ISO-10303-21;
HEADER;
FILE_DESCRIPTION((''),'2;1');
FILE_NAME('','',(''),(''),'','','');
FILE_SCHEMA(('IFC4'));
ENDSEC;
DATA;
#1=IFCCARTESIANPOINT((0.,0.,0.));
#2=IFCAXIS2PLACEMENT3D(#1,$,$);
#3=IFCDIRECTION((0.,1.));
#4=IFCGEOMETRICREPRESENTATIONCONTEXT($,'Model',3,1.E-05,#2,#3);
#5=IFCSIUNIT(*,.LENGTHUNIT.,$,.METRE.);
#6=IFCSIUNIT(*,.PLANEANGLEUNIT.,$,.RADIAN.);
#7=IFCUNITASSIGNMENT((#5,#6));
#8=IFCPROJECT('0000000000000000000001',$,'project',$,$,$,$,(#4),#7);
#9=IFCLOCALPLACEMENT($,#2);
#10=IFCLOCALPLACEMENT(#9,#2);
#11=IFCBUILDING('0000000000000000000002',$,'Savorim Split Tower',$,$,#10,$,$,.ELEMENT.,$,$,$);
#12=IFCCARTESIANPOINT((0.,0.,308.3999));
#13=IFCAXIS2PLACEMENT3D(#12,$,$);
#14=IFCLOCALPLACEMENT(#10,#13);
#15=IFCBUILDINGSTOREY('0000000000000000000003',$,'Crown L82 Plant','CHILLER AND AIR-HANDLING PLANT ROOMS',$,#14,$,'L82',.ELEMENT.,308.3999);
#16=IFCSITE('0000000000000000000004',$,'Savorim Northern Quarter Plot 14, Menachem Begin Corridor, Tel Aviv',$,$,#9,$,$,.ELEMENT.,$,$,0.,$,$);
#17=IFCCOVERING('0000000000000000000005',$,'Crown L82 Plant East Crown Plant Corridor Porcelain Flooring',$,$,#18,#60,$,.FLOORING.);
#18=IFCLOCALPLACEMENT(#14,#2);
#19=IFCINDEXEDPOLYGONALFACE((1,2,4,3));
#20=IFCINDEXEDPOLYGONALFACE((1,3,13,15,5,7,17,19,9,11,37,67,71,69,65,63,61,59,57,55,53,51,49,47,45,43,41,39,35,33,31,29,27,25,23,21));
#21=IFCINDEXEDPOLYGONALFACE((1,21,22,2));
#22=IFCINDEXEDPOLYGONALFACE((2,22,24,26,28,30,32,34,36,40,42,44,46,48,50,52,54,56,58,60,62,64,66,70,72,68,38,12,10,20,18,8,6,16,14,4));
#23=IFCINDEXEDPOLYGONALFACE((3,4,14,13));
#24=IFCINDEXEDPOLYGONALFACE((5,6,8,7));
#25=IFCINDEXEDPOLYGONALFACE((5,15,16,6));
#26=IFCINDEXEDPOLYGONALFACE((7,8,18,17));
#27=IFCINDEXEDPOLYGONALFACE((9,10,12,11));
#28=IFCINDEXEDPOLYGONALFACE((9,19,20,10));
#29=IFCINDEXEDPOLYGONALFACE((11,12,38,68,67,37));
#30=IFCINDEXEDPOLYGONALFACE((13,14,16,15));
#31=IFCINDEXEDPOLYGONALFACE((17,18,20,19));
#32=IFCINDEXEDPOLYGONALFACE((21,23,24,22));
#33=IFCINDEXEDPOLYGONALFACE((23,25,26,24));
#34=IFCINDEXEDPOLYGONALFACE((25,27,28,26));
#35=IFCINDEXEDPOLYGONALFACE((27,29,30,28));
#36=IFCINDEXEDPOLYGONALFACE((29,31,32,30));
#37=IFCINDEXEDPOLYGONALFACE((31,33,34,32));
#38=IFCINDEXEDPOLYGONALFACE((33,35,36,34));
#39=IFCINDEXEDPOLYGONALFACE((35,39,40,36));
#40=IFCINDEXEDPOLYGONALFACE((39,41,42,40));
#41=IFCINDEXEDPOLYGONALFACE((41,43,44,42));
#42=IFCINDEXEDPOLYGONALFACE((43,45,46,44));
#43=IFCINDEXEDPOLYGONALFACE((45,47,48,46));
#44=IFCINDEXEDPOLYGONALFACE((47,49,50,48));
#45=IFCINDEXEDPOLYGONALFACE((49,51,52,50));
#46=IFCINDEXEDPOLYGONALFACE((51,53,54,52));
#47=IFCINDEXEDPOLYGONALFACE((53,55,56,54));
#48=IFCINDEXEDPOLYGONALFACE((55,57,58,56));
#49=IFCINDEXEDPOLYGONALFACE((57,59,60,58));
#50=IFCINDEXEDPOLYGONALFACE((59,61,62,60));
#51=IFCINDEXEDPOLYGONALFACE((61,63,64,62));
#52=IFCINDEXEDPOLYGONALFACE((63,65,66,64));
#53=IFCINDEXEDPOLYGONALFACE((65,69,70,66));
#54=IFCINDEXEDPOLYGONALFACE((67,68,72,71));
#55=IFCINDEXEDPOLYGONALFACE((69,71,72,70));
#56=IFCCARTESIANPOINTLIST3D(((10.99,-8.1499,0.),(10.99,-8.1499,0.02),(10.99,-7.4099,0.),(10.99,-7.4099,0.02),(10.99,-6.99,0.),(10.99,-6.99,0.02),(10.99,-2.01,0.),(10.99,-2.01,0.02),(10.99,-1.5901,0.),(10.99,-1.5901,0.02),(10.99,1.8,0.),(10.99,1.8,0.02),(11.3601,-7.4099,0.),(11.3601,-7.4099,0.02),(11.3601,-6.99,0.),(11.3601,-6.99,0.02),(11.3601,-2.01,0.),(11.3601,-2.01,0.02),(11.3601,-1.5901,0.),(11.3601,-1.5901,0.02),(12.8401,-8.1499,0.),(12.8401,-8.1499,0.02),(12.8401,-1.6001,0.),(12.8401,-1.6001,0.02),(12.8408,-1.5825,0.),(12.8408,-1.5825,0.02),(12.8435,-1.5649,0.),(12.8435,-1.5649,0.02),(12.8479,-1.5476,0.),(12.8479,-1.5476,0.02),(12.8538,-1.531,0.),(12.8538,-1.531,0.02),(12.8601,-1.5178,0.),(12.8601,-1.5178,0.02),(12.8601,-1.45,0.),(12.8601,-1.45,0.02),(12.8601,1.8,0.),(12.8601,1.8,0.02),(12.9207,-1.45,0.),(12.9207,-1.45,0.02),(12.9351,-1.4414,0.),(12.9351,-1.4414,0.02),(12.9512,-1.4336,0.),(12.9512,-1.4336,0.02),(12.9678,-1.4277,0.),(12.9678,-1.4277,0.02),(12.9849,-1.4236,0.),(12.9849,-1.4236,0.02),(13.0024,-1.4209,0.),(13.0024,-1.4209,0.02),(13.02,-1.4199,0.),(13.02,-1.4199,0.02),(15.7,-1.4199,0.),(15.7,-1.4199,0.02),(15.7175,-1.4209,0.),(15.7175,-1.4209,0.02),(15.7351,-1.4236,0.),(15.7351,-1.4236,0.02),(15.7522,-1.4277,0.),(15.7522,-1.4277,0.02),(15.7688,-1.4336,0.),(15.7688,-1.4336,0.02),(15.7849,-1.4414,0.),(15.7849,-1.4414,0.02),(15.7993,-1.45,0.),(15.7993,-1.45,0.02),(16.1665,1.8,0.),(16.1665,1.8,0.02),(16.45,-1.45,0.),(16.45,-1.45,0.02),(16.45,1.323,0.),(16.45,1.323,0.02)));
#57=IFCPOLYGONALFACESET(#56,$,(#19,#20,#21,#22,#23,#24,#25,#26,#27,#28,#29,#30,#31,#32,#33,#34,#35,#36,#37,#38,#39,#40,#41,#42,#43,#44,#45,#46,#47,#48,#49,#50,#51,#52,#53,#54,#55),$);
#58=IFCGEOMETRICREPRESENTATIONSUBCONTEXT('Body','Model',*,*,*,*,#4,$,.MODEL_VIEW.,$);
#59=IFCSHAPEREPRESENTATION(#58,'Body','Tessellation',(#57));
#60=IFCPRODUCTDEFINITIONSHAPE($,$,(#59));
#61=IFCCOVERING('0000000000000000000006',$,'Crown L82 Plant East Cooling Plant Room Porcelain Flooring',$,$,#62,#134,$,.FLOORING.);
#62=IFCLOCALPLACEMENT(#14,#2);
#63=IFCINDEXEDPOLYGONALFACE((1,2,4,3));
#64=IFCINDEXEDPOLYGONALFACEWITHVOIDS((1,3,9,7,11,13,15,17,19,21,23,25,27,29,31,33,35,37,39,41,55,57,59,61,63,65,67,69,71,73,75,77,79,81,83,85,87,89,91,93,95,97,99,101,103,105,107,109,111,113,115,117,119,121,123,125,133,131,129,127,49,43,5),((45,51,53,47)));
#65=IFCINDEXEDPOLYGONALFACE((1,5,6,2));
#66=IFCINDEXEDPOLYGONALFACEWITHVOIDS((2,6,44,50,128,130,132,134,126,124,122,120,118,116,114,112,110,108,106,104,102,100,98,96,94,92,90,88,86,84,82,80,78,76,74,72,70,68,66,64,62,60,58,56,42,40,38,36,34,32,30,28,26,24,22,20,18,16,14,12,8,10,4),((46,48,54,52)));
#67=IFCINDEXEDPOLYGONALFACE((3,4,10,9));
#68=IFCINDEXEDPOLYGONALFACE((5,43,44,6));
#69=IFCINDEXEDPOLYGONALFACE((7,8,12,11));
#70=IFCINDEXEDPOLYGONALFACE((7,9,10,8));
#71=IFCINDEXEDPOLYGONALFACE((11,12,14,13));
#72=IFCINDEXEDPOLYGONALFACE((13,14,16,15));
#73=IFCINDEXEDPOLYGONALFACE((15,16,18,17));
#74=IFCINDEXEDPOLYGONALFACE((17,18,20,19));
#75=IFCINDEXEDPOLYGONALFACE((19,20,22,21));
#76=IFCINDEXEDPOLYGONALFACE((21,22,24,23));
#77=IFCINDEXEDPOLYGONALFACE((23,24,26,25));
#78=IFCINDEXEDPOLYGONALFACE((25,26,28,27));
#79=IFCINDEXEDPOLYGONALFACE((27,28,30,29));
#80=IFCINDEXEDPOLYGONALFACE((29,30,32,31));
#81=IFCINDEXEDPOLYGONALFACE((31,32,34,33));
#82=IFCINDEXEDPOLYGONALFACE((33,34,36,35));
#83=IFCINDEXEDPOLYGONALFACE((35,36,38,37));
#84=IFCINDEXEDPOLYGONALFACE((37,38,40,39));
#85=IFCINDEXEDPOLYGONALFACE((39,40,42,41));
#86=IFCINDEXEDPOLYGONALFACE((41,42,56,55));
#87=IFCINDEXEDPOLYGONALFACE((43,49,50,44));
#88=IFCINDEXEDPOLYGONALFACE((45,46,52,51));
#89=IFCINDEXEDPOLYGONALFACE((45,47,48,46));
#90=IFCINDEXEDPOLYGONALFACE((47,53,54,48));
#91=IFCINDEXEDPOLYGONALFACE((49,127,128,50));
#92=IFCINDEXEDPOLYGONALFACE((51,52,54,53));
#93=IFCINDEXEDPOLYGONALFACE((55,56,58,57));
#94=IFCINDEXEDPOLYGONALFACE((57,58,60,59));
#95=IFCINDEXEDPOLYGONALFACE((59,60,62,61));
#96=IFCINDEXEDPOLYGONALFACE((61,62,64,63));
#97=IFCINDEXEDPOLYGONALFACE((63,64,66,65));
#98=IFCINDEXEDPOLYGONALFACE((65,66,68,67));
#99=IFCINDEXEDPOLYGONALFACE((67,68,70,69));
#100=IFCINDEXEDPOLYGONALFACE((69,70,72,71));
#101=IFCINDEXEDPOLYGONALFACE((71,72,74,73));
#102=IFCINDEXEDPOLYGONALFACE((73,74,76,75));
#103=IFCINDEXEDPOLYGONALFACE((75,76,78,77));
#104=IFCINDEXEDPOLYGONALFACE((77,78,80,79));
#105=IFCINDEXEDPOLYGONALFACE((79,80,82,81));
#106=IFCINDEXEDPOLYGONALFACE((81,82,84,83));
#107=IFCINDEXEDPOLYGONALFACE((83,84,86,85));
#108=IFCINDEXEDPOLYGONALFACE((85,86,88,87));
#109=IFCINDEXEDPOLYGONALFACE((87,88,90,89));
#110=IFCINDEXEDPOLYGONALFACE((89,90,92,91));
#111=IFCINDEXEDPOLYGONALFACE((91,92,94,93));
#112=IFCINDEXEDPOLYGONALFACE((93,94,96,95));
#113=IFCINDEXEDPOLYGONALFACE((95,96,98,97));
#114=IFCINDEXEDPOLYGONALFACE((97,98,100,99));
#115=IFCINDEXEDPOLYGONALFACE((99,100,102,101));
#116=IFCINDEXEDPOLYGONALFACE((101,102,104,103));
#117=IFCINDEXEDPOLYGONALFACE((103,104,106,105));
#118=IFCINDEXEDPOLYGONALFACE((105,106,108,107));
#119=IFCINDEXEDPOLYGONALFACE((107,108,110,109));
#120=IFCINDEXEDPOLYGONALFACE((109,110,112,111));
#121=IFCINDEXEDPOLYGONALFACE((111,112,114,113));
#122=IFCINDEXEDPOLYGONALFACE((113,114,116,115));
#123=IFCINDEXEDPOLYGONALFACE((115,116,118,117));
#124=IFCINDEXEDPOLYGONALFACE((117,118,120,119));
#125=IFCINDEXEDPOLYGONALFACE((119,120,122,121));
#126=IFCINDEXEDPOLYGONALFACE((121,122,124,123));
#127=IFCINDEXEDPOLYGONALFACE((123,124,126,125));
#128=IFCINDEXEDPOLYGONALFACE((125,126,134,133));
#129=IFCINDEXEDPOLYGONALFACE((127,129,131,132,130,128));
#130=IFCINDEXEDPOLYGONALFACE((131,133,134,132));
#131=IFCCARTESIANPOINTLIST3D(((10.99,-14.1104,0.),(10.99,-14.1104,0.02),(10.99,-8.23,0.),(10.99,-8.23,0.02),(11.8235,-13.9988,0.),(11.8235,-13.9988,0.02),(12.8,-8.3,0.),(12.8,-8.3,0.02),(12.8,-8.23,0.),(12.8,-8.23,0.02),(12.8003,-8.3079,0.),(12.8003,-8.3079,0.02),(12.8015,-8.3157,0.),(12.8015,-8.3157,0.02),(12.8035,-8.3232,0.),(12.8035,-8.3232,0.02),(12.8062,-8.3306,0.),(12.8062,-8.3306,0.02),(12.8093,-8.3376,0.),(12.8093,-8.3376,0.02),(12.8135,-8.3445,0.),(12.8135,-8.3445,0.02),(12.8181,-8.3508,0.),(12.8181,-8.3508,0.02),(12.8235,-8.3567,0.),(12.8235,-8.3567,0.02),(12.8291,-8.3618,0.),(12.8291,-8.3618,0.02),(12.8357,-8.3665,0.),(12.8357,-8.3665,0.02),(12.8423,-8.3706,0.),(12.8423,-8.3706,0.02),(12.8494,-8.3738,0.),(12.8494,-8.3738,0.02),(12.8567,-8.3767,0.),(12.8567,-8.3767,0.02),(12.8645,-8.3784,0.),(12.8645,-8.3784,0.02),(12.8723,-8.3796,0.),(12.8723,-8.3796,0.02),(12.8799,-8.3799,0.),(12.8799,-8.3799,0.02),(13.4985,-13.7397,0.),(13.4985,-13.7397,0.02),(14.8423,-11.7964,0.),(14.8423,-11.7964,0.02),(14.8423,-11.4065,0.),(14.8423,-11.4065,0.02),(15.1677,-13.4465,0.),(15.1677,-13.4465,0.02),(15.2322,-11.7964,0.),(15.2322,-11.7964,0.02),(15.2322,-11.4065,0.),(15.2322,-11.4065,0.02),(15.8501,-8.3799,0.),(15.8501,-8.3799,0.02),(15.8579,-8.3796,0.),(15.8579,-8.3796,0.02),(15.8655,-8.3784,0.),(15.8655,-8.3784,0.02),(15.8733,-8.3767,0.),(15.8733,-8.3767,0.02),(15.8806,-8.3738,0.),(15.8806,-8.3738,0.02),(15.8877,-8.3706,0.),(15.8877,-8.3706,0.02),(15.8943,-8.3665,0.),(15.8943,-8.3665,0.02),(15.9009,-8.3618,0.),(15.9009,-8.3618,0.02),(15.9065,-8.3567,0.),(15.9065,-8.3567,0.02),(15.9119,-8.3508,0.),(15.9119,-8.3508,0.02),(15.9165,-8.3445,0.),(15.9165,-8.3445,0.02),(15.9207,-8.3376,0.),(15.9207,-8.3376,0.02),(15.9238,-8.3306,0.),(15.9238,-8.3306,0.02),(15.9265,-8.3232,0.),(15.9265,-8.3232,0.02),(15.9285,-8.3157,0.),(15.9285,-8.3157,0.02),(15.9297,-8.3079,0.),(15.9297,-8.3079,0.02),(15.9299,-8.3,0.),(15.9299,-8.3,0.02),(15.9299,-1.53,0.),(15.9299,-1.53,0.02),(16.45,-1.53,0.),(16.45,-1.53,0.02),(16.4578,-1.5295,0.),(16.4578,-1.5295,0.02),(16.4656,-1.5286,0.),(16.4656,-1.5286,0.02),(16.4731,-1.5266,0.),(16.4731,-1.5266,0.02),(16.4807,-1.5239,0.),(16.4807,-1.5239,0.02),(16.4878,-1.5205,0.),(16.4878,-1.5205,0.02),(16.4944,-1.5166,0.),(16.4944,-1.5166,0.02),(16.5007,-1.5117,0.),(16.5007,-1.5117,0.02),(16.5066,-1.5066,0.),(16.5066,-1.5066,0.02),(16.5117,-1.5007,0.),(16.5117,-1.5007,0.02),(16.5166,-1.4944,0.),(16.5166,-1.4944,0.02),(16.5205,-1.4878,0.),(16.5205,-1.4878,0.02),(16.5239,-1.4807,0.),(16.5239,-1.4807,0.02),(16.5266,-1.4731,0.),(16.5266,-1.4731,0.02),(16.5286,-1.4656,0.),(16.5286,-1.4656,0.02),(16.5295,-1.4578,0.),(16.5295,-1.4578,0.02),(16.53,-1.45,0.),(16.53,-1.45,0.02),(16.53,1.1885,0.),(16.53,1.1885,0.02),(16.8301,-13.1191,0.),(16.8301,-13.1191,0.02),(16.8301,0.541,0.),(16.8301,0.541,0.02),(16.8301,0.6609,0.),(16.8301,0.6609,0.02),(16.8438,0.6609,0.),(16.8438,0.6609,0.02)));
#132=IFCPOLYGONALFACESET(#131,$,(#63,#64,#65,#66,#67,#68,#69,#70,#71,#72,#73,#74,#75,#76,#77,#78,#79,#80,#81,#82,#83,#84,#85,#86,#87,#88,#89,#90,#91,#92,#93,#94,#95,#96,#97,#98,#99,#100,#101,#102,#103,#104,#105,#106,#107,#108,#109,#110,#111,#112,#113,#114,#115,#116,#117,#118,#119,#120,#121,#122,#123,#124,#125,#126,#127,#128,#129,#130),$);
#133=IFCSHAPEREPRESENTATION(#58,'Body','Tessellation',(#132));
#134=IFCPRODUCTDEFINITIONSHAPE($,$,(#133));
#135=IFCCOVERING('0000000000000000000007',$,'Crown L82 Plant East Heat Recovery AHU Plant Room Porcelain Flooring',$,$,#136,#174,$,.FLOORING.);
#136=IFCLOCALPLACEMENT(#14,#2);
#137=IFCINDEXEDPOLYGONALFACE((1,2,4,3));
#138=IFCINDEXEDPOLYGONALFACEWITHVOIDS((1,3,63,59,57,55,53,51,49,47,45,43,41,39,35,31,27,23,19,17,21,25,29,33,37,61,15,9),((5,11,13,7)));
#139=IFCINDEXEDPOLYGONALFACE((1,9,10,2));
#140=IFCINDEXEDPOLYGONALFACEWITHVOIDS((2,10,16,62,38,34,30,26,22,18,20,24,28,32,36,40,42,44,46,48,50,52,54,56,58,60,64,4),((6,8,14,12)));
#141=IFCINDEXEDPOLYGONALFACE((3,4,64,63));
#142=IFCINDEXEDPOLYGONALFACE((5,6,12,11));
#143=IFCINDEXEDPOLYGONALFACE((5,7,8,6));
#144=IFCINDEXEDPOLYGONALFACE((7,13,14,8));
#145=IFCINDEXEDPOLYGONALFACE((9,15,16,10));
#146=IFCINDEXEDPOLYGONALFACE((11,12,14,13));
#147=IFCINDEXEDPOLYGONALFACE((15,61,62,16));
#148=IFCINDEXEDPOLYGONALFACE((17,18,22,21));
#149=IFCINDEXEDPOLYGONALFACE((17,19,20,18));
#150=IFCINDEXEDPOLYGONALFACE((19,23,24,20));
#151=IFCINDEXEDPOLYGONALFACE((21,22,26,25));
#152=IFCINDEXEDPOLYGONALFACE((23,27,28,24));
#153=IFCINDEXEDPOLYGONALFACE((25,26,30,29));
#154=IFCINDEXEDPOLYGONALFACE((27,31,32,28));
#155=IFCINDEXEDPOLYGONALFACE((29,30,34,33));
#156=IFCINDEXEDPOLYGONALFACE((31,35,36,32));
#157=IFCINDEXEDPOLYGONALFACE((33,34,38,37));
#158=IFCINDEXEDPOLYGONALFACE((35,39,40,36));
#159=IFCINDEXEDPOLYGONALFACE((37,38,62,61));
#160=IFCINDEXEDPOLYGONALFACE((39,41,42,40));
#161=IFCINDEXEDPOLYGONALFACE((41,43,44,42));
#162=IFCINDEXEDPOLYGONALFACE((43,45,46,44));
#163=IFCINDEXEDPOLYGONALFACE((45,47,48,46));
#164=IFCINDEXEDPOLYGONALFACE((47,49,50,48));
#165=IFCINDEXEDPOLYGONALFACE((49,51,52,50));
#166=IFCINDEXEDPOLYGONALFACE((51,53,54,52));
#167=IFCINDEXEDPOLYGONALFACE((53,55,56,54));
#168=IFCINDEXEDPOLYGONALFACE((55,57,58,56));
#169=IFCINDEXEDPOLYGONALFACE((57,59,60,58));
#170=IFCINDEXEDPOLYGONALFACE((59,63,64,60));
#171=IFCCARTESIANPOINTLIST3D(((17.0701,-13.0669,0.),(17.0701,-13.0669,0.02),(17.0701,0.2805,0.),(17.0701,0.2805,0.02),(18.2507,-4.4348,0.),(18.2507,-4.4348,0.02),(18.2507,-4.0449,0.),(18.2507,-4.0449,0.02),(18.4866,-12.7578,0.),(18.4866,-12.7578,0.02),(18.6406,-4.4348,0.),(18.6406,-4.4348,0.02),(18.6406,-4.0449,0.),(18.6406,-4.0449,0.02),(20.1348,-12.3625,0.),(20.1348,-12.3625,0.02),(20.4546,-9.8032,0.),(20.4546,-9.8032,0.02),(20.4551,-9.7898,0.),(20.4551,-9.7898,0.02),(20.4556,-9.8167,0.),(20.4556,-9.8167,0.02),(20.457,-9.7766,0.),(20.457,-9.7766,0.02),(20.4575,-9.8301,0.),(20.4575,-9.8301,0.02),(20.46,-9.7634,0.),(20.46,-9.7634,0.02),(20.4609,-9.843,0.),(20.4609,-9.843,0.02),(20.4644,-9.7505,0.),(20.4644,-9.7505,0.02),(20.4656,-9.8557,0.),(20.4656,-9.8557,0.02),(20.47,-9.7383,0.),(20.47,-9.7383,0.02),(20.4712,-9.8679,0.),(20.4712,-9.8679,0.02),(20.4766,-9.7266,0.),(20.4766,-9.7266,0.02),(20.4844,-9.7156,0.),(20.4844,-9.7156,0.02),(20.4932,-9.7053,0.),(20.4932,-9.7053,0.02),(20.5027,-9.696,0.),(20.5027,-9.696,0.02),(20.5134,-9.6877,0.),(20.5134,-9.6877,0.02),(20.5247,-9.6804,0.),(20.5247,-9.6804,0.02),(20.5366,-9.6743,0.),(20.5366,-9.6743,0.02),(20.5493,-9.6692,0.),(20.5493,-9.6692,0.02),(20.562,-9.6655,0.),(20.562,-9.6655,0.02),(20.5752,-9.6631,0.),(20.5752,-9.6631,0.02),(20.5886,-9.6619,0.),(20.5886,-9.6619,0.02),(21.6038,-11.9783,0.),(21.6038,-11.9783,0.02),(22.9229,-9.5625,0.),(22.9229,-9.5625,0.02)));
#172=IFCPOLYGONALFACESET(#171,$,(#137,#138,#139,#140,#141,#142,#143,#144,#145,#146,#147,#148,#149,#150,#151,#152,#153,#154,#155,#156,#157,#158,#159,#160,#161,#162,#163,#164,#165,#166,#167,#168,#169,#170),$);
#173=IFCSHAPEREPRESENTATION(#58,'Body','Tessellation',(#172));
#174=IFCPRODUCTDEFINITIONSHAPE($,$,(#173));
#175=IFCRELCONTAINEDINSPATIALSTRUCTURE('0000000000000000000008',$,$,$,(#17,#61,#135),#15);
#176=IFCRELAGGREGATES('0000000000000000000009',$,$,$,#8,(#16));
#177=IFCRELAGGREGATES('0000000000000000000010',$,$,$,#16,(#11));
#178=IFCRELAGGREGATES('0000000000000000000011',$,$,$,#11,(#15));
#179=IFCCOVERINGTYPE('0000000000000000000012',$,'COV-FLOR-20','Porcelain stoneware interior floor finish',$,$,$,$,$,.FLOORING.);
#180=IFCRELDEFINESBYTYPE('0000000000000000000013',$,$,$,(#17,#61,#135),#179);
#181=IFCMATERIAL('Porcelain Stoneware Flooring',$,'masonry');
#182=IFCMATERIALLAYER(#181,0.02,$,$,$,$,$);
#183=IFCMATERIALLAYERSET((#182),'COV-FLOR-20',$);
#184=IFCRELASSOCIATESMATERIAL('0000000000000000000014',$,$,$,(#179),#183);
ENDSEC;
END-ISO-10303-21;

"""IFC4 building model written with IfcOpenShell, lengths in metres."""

from ifc_helpers import new_model, si_unit, direction, frame, origin, place, context, subcontext, project, spatial, polyline, outline, extrude, material, layer, layer_set, type_object, element, save


model = new_model("IFC4")

# Units and contexts
model_context = context("Model", 3, precision=1e-05, world=origin(), true_north=direction((0.0, 1.0)))
body_context = subcontext(model_context, "Body", "Model", "MODEL_VIEW")
ifc_project = project(units=[si_unit("LENGTHUNIT", "METRE"), si_unit("PLANEANGLEUNIT", "RADIAN")], contexts=[model_context])

# Site, building, storey
site_placement = place(None, origin())
site = spatial("IfcSite", under=ifc_project, at=site_placement, Name="Savorim Northern Quarter Plot 14, Menachem Begin Corridor, Tel Aviv", CompositionType="ELEMENT", RefElevation=0.0)
building_placement = place(site_placement, origin())
building = spatial("IfcBuilding", under=site, at=building_placement, Name="Savorim Split Tower", CompositionType="ELEMENT")
storey_placement = place(building_placement, frame((0.0, 0.0, 308.3999)))
storey = spatial("IfcBuildingStorey", under=building, at=storey_placement, Name="Crown L82 Plant", Description="CHILLER AND AIR-HANDLING PLANT ROOMS", LongName="L82", CompositionType="ELEMENT", Elevation=308.3999)

# Coverings
ifc_material_1 = material(Name="Porcelain Stoneware Flooring", Category="masonry")
ifc_layer_1 = layer(ifc_material_1, 0.02)
ifc_layer_set_1 = layer_set([ifc_layer_1], Name="COV-FLOR-20")
covering_type_1 = type_object("IfcCoveringType", Name="COV-FLOR-20", Description="Porcelain stoneware interior floor finish", PredefinedType="FLOORING", material=ifc_layer_set_1)
covering_1_placement = place(storey_placement, origin())
element("IfcCovering", 1, at=covering_1_placement, inside=storey, type_object=covering_type_1, Name="Crown L82 Plant East Crown Plant Corridor Porcelain Flooring", PredefinedType="FLOORING", context=body_context, shape_type="SweptSolid", body=[
    extrude(outline(polyline([(16.1665, 1.8), (12.8601, 1.8), (10.99, 1.8), (10.99, -1.5901), (11.3601, -1.5901), (11.3601, -2.01), (10.99, -2.01), (10.99, -6.99), (11.3601, -6.99), (11.3601, -7.4099), (10.99, -7.4099), (10.99, -8.1499), (12.8401, -8.1499), (12.8401, -1.6001), (12.8408, -1.5825), (12.8435, -1.5649), (12.8479, -1.5476), (12.8538, -1.531), (12.8601, -1.5178), (12.8601, -1.45), (12.9207, -1.45), (12.9351, -1.4414), (12.9512, -1.4336), (12.9678, -1.4277), (12.9849, -1.4236), (13.0024, -1.4209), (13.02, -1.4199), (15.7, -1.4199), (15.7175, -1.4209), (15.7351, -1.4236), (15.7522, -1.4277), (15.7688, -1.4336), (15.7849, -1.4414), (15.7993, -1.45), (16.45, -1.45), (16.45, 1.323), (16.1665, 1.8)])), origin(), (0.0, 0.0, 1.0), 0.02),
])
covering_2_placement = place(storey_placement, origin())
element("IfcCovering", 2, at=covering_2_placement, inside=storey, type_object=covering_type_1, Name="Crown L82 Plant East Cooling Plant Room Porcelain Flooring", PredefinedType="FLOORING", context=body_context, shape_type="SweptSolid", body=[
    extrude(outline(polyline([(11.8235, -13.9988), (13.4985, -13.7397), (15.1677, -13.4465), (16.8301, -13.1191), (16.8301, 0.541), (16.8301, 0.6609), (16.8438, 0.6609), (16.53, 1.1885), (16.53, -1.45), (16.5295, -1.4578), (16.5286, -1.4656), (16.5266, -1.4731), (16.5239, -1.4807), (16.5205, -1.4878), (16.5166, -1.4944), (16.5117, -1.5007), (16.5066, -1.5066), (16.5007, -1.5117), (16.4944, -1.5166), (16.4878, -1.5205), (16.4807, -1.5239), (16.4731, -1.5266), (16.4656, -1.5286), (16.4578, -1.5295), (16.45, -1.53), (15.9299, -1.53), (15.9299, -8.3), (15.9297, -8.3079), (15.9285, -8.3157), (15.9265, -8.3232), (15.9238, -8.3306), (15.9207, -8.3376), (15.9165, -8.3445), (15.9119, -8.3508), (15.9065, -8.3567), (15.9009, -8.3618), (15.8943, -8.3665), (15.8877, -8.3706), (15.8806, -8.3738), (15.8733, -8.3767), (15.8655, -8.3784), (15.8579, -8.3796), (15.8501, -8.3799), (12.8799, -8.3799), (12.8723, -8.3796), (12.8645, -8.3784), (12.8567, -8.3767), (12.8494, -8.3738), (12.8423, -8.3706), (12.8357, -8.3665), (12.8291, -8.3618), (12.8235, -8.3567), (12.8181, -8.3508), (12.8135, -8.3445), (12.8093, -8.3376), (12.8062, -8.3306), (12.8035, -8.3232), (12.8015, -8.3157), (12.8003, -8.3079), (12.8, -8.3), (12.8, -8.23), (10.99, -8.23), (10.99, -14.1104), (11.8235, -13.9988)]), holes=[polyline([(14.8423, -11.4065), (14.8423, -11.7964), (15.2322, -11.7964), (15.2322, -11.4065), (14.8423, -11.4065)])]), origin(), (0.0, 0.0, 1.0), 0.02),
])
covering_3_placement = place(storey_placement, origin())
element("IfcCovering", 3, at=covering_3_placement, inside=storey, type_object=covering_type_1, Name="Crown L82 Plant East Heat Recovery AHU Plant Room Porcelain Flooring", PredefinedType="FLOORING", context=body_context, shape_type="SweptSolid", body=[
    extrude(outline(polyline([(20.5493, -9.6692), (20.562, -9.6655), (20.5752, -9.6631), (20.5886, -9.6619), (22.9229, -9.5625), (17.0701, 0.2805), (17.0701, -13.0669), (18.4866, -12.7578), (20.1348, -12.3625), (21.6038, -11.9783), (20.4712, -9.8679), (20.4656, -9.8557), (20.4609, -9.843), (20.4575, -9.8301), (20.4556, -9.8167), (20.4546, -9.8032), (20.4551, -9.7898), (20.457, -9.7766), (20.46, -9.7634), (20.4644, -9.7505), (20.47, -9.7383), (20.4766, -9.7266), (20.4844, -9.7156), (20.4932, -9.7053), (20.5027, -9.696), (20.5134, -9.6877), (20.5247, -9.6804), (20.5366, -9.6743), (20.5493, -9.6692)]), holes=[polyline([(18.2507, -4.0449), (18.2507, -4.4348), (18.6406, -4.4348), (18.6406, -4.0449), (18.2507, -4.0449)])]), origin(), (0.0, 0.0, 1.0), 0.02),
])

save(model, "model.ifc")
